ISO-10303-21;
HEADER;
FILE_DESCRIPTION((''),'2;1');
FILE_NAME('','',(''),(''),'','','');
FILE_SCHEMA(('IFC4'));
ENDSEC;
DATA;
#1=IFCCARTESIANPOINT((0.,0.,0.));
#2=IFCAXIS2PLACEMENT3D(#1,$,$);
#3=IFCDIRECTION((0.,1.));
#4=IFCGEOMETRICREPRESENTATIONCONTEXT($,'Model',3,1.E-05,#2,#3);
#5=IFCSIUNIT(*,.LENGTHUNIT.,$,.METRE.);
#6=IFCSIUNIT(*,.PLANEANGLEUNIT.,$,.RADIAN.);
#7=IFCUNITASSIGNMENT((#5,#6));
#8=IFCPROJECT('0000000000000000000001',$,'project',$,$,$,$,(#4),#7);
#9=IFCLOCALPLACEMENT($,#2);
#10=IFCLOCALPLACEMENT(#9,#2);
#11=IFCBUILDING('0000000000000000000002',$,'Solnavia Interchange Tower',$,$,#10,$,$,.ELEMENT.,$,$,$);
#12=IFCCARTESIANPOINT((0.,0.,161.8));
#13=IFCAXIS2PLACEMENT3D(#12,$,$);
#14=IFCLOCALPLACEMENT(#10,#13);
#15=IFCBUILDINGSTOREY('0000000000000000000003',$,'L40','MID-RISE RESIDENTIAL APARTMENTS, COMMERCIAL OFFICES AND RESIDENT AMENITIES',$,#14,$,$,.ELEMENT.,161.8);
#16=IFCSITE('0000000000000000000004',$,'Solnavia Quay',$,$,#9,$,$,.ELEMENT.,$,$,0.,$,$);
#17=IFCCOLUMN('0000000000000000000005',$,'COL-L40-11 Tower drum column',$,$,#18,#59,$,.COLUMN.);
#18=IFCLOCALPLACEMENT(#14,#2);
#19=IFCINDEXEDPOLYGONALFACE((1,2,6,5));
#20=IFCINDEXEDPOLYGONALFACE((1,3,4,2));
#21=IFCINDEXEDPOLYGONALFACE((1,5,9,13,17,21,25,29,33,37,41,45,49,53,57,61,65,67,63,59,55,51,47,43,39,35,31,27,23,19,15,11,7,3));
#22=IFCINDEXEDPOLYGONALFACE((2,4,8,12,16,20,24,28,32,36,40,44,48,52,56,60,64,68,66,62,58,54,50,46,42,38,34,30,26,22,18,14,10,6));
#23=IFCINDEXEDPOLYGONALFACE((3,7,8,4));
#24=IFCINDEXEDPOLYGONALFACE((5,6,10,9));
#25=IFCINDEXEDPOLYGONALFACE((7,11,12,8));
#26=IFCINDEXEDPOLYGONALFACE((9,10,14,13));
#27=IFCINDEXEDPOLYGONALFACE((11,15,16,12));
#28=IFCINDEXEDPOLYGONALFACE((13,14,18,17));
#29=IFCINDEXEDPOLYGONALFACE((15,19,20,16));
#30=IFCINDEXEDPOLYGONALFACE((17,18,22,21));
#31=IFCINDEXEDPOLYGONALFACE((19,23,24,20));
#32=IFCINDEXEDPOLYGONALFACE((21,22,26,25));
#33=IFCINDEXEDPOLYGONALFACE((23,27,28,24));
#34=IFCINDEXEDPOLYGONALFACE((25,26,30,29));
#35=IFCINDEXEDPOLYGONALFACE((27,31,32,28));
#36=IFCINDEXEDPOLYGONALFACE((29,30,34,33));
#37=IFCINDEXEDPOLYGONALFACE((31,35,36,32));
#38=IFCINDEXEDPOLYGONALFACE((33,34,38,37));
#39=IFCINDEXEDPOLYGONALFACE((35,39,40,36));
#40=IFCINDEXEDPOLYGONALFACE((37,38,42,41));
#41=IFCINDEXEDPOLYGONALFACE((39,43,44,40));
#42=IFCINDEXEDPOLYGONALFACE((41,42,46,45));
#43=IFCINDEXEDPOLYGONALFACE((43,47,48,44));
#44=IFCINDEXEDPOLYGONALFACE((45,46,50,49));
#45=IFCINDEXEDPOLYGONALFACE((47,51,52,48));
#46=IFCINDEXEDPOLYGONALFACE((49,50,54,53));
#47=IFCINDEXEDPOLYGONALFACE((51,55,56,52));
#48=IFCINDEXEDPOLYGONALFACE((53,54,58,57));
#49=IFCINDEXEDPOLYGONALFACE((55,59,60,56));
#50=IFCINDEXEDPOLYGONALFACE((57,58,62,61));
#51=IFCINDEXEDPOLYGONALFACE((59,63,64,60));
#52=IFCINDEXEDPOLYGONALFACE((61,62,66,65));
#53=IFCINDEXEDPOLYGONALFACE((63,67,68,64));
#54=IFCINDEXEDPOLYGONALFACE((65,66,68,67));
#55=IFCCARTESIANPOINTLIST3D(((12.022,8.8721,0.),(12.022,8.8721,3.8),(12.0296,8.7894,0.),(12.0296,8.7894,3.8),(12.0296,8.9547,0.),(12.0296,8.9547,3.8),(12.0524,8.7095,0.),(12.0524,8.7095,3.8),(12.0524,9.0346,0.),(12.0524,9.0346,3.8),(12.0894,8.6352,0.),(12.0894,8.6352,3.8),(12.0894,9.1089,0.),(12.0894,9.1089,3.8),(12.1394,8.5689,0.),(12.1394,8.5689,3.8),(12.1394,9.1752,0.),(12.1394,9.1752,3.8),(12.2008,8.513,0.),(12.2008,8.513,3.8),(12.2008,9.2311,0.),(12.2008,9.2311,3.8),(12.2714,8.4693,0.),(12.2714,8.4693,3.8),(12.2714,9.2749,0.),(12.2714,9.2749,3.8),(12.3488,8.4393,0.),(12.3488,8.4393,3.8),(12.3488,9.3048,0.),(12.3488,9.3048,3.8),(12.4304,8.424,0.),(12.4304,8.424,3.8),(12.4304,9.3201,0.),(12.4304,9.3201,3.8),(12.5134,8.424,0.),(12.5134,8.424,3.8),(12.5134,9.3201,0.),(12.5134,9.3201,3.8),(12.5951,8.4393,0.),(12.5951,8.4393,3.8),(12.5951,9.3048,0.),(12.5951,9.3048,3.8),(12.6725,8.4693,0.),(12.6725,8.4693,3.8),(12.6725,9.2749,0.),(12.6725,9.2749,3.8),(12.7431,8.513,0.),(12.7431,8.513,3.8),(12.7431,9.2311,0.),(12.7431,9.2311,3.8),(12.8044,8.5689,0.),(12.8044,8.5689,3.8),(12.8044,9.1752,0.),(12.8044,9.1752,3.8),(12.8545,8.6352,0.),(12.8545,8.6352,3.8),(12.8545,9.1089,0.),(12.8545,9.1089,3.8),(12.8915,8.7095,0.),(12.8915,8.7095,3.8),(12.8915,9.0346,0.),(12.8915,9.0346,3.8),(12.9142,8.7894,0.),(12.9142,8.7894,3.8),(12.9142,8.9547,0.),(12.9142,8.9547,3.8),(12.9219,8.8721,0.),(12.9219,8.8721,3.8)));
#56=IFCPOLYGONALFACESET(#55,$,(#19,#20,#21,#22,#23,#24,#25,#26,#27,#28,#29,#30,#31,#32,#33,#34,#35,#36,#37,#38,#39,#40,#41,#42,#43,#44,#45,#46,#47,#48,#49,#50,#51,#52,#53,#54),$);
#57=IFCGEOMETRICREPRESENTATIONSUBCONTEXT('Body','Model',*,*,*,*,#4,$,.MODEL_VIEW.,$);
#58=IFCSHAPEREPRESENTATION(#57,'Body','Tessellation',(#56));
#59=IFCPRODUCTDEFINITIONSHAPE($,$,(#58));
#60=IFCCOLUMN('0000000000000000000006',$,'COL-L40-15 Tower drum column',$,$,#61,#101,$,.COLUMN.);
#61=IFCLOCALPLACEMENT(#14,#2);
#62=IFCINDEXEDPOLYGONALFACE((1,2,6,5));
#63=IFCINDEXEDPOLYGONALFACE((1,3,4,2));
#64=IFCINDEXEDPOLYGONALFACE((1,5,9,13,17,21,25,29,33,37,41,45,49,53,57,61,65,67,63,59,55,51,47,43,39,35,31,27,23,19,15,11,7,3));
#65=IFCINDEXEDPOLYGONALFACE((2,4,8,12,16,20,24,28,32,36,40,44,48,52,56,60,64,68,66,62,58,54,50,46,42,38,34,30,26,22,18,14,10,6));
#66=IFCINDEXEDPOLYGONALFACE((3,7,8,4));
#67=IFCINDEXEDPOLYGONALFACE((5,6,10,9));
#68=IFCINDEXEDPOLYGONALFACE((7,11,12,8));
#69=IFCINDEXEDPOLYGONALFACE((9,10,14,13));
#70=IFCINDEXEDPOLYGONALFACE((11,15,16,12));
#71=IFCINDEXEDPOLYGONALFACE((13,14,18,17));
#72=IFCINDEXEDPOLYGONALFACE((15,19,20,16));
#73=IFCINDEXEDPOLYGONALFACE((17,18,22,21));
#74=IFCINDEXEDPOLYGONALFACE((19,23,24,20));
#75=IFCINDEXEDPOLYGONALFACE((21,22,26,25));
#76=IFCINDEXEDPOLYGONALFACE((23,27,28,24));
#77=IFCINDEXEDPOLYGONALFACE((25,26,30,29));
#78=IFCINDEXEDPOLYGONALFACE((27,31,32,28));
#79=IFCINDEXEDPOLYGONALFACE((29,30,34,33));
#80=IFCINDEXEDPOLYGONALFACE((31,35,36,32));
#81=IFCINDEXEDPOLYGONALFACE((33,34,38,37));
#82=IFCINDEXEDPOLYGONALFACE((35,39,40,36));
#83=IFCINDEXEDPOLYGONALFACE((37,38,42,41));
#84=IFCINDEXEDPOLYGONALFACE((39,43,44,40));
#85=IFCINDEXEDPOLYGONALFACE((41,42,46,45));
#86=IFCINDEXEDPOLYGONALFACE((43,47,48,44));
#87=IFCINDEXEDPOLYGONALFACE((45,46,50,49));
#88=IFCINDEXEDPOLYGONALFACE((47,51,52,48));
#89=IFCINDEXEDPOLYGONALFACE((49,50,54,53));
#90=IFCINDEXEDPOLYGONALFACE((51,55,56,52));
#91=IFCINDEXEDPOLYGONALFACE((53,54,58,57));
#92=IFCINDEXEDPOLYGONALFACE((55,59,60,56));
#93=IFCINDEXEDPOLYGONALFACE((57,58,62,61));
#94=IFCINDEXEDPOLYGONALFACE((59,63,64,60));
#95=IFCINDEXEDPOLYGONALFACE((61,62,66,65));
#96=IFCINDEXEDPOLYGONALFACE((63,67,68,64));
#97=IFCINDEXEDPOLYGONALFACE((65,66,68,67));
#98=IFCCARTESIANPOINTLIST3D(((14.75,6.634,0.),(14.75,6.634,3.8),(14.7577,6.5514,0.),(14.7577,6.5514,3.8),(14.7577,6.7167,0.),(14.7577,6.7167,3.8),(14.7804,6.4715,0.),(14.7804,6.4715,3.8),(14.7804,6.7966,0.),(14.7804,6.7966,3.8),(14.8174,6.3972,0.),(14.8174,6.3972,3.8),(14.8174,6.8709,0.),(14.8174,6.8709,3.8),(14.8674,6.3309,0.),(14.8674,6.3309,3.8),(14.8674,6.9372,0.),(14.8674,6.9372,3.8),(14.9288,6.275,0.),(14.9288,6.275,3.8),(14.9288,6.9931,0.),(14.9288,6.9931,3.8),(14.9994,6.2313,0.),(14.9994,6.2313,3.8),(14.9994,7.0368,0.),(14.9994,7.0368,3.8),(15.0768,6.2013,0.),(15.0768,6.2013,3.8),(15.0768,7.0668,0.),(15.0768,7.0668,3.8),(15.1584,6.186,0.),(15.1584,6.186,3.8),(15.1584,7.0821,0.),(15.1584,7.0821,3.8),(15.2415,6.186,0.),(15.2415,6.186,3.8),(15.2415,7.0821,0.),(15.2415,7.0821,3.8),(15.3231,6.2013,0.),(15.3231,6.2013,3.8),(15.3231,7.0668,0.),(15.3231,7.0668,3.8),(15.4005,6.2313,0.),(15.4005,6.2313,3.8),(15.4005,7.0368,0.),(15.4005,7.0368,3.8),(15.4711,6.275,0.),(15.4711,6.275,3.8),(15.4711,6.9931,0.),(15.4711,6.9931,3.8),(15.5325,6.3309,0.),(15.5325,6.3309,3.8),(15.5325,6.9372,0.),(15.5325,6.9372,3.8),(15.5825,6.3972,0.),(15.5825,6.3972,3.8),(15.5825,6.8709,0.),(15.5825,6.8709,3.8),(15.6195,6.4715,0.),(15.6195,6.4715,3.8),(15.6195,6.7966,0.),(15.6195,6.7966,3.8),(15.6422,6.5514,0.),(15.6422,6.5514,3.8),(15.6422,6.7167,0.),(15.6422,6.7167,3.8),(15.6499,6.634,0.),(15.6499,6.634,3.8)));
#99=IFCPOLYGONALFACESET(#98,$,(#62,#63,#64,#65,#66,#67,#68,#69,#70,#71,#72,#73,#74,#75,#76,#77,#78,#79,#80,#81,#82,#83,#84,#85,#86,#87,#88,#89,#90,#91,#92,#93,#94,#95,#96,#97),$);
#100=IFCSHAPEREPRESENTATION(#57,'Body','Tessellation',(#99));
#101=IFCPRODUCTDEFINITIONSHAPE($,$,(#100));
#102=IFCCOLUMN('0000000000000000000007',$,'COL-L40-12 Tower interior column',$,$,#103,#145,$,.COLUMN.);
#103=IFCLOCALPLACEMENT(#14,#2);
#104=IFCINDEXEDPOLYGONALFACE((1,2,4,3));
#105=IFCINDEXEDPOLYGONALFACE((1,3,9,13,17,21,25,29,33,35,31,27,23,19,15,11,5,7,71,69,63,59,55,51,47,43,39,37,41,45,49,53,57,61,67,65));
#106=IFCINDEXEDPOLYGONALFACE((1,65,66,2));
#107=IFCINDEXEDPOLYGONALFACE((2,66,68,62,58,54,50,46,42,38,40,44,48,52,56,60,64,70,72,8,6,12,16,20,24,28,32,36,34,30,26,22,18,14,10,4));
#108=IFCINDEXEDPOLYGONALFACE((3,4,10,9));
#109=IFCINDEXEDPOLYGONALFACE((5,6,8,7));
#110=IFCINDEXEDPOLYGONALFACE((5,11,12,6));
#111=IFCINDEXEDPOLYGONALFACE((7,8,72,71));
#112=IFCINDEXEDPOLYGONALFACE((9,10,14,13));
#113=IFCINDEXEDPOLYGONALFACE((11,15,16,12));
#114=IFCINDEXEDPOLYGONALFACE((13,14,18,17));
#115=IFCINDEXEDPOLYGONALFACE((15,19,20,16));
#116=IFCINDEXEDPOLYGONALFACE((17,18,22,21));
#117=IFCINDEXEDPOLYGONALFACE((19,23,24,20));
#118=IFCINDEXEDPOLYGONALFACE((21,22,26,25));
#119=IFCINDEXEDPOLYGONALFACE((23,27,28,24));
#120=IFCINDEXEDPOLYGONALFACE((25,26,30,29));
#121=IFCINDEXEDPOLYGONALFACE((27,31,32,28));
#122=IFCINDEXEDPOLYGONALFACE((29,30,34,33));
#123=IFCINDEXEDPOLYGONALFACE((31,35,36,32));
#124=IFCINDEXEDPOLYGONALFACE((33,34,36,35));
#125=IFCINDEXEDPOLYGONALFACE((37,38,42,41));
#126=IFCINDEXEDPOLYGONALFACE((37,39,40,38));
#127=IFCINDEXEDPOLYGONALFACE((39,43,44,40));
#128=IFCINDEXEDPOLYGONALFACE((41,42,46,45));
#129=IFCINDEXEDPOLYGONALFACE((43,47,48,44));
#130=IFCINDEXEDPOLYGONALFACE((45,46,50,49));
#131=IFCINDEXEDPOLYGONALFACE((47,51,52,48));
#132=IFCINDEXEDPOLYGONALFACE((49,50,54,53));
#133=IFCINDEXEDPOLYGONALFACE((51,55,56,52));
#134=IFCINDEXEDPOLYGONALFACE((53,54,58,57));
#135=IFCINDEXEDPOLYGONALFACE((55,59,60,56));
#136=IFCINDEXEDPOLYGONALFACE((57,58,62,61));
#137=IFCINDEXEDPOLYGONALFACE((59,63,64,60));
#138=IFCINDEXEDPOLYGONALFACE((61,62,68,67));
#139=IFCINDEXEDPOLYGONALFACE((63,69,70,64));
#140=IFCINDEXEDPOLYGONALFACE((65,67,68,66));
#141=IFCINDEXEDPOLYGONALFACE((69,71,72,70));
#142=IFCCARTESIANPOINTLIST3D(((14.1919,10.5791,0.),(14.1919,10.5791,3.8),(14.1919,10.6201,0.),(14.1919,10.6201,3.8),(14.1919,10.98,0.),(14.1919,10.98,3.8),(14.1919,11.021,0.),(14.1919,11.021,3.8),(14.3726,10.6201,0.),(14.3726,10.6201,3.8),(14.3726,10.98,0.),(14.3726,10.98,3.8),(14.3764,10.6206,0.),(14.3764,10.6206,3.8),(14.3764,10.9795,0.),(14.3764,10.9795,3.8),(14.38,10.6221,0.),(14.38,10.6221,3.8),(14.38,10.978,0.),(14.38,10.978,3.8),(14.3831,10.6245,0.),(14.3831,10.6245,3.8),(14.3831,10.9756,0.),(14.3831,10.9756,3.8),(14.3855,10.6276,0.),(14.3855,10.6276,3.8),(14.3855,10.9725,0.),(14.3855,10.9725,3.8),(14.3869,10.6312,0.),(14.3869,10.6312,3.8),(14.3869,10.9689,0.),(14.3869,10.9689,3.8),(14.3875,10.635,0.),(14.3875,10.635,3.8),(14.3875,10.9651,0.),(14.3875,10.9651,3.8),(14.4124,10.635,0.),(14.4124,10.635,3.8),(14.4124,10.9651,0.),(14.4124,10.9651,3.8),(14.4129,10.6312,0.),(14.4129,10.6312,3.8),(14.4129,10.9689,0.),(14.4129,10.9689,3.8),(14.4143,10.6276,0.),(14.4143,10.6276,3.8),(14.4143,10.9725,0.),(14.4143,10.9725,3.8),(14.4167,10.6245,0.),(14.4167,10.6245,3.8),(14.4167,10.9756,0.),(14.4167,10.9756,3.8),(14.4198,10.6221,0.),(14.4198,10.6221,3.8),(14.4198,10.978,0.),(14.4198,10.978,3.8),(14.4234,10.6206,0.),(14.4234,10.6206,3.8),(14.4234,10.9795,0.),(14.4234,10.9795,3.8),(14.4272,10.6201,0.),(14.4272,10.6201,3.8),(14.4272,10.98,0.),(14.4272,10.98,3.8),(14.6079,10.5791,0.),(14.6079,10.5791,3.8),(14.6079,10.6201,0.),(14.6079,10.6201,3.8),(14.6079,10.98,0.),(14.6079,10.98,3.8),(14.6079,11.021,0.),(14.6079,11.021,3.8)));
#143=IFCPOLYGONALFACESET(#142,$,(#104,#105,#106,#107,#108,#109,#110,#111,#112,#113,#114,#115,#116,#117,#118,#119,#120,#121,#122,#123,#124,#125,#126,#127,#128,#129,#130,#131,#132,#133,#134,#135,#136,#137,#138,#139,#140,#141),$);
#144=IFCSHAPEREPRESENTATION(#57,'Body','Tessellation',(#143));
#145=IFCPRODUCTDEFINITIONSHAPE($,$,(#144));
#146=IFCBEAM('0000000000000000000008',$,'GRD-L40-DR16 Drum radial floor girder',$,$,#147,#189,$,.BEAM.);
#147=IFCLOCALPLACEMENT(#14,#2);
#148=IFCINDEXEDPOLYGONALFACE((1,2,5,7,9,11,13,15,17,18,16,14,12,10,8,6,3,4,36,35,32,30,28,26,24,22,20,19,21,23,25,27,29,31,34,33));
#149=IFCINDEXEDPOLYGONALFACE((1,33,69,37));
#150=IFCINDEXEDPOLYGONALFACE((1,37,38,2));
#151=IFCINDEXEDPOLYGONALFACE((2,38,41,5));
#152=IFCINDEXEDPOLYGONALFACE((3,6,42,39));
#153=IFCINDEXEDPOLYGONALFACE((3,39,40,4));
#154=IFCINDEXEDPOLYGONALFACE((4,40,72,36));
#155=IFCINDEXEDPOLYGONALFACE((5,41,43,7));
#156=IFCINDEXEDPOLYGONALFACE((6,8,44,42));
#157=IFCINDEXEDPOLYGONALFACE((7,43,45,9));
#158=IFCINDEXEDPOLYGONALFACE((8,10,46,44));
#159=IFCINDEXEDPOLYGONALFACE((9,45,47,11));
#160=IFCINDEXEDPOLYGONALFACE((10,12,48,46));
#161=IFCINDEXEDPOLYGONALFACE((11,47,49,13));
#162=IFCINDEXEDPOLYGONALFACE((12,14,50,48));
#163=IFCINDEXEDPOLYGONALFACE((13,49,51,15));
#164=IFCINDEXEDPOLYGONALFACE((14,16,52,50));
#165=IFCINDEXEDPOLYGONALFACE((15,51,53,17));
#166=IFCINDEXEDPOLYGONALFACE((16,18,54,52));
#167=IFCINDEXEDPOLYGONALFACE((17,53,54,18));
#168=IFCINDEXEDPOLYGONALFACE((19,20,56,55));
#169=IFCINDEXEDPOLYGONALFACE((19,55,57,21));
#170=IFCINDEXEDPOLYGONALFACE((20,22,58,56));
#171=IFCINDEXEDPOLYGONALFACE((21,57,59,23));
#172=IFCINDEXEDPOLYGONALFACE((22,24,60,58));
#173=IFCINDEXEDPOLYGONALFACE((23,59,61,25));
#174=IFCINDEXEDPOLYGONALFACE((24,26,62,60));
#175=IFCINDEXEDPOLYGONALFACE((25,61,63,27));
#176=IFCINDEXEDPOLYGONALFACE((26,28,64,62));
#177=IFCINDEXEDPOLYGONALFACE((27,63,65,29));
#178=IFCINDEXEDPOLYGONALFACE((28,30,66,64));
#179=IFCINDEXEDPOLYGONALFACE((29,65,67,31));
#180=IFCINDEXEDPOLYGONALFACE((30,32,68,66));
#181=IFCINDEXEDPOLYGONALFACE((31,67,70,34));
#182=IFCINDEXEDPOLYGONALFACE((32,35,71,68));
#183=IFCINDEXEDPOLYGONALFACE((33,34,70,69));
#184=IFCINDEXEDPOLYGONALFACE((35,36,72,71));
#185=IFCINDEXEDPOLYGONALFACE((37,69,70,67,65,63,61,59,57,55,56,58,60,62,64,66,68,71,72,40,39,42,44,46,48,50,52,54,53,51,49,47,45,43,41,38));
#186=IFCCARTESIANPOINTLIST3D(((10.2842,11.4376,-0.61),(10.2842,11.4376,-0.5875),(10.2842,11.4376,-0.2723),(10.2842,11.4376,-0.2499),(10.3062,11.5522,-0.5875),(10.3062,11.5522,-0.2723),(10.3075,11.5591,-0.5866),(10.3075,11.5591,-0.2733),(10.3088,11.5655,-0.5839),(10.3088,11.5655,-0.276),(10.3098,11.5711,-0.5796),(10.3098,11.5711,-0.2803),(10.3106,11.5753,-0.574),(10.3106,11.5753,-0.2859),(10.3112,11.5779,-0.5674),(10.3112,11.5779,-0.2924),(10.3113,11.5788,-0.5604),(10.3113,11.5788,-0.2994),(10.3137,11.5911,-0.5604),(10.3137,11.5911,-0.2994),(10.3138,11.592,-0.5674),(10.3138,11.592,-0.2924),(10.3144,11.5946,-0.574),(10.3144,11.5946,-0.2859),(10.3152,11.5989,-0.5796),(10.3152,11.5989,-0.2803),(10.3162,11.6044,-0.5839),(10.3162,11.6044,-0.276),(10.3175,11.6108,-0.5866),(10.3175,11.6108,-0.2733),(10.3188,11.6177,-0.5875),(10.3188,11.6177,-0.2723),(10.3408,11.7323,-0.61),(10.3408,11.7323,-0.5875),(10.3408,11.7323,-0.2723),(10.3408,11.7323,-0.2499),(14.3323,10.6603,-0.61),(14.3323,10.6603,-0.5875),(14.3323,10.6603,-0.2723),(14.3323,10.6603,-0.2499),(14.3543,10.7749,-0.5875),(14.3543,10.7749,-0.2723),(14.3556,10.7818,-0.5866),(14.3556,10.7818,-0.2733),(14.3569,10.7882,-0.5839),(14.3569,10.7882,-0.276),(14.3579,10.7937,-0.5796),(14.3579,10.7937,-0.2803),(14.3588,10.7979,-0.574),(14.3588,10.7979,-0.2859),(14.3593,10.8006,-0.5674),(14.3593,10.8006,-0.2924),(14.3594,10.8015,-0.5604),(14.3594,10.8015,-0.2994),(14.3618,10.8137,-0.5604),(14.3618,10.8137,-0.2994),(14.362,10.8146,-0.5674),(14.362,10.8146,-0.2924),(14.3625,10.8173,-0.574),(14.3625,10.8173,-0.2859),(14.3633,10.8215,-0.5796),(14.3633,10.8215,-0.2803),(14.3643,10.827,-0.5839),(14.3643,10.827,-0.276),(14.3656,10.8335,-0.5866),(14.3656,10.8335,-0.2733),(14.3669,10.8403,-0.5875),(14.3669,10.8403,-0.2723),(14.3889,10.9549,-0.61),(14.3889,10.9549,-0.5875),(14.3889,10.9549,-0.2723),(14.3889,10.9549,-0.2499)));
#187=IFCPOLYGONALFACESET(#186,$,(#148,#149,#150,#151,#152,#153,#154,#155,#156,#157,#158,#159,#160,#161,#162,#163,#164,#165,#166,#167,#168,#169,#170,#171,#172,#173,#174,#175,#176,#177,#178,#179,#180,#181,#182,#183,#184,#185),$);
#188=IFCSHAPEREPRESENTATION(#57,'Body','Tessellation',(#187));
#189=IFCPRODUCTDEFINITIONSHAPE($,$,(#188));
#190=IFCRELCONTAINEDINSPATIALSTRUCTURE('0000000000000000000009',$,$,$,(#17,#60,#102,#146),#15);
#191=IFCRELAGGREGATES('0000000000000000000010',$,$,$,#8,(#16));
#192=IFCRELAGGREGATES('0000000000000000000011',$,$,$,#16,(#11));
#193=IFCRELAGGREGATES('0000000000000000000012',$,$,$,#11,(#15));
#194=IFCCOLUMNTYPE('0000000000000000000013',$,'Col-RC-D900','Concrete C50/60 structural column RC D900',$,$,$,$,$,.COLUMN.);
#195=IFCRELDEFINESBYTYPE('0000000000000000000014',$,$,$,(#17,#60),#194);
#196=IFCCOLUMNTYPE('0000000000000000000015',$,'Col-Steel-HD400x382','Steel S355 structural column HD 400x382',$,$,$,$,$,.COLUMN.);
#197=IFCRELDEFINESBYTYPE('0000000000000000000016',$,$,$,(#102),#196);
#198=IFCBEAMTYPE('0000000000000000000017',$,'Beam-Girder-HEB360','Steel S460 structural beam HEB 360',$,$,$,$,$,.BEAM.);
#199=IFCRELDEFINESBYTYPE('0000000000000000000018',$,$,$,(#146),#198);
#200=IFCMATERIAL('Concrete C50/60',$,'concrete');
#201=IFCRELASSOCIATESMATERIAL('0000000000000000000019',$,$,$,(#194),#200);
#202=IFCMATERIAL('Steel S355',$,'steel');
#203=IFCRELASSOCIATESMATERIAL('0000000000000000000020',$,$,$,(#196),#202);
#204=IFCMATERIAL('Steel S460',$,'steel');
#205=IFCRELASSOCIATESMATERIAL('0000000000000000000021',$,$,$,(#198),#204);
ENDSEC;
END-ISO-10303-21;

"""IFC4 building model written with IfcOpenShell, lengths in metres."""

from ifc_helpers import new_model, si_unit, direction, frame, origin, origin_2d, place, context, subcontext, project, spatial, circle, i_section, extrude, material, material_profile, profile_set, type_object, element, save


model = new_model("IFC4")

# Units and contexts
model_context = context("Model", 3, precision=1e-05, world=origin(), true_north=direction((0.0, 1.0)))
body_context = subcontext(model_context, "Body", "Model", "MODEL_VIEW")
ifc_project = project(units=[si_unit("LENGTHUNIT", "METRE"), si_unit("PLANEANGLEUNIT", "RADIAN")], contexts=[model_context])

# Site, building, storey
site_placement = place(None, origin())
site = spatial("IfcSite", under=ifc_project, at=site_placement, Name="Solnavia Quay", CompositionType="ELEMENT", RefElevation=0.0)
building_placement = place(site_placement, origin())
building = spatial("IfcBuilding", under=site, at=building_placement, Name="Solnavia Interchange Tower", CompositionType="ELEMENT")
storey_placement = place(building_placement, frame((0.0, 0.0, 161.8)))
storey = spatial("IfcBuildingStorey", under=building, at=storey_placement, Name="L40", Description="MID-RISE RESIDENTIAL APARTMENTS, COMMERCIAL OFFICES AND RESIDENT AMENITIES", CompositionType="ELEMENT", Elevation=161.8)

# Columns
ifc_material_1 = material(Name="Concrete C50/60", Category="concrete")
ifc_material_profile_1 = material_profile(ifc_material_1, circle(Radius=0.45, at=origin_2d()), Name="RC D900")
ifc_profile_set_1 = profile_set([ifc_material_profile_1], Name="Concrete C50/60")
column_type_1 = type_object("IfcColumnType", Name="Col-RC-D900", Description="Concrete C50/60 structural column RC D900", PredefinedType="COLUMN", material=ifc_profile_set_1)
for number, where, z_axis, x_axis, name in (
    (1, (12.4719, 8.8721, 0.0), (0.0, 0.0, 1.0), (1.0, 0.0, 0.0), "COL-L40-11 Tower drum column"),
    (2, (15.2, 6.634, 0.0), (0.0, 0.0, 1.0), (1.0, 0.0, 0.0), "COL-L40-15 Tower drum column"),
):
    element("IfcColumn", number, at=place(storey_placement, frame(where, z_axis=z_axis, x_axis=x_axis)), inside=storey, type_object=column_type_1, Name=name, PredefinedType="COLUMN", context=body_context, shape_type="SweptSolid", body=[
        extrude(circle(Radius=0.45, at=origin_2d()), origin(), (0.0, 0.0, 1.0), 3.8),
    ])
ifc_material_2 = material(Name="Steel S355", Category="steel")
ifc_material_profile_2 = material_profile(ifc_material_2, i_section(OverallWidth=0.416, OverallDepth=0.4419, WebThickness=0.0249, FlangeThickness=0.041, FilletRadius=0.0149, at=origin_2d()), Name="HD 400x382")
ifc_profile_set_2 = profile_set([ifc_material_profile_2], Name="Steel S355")
column_type_2 = type_object("IfcColumnType", Name="Col-Steel-HD400x382", Description="Steel S355 structural column HD 400x382", PredefinedType="COLUMN", material=ifc_profile_set_2)
column_placement = place(storey_placement, frame((14.3999, 10.8, 0.0), z_axis=(0.0, 0.0, 1.0), x_axis=(1.0, 0.0, 0.0)))
element("IfcColumn", 3, at=column_placement, inside=storey, type_object=column_type_2, Name="COL-L40-12 Tower interior column", PredefinedType="COLUMN", context=body_context, shape_type="SweptSolid", body=[
    extrude(i_section(OverallWidth=0.416, OverallDepth=0.4419, WebThickness=0.0249, FlangeThickness=0.041, FilletRadius=0.0149, at=origin_2d()), origin(), (0.0, 0.0, 1.0), 3.8),
])

# Beam
ifc_material_3 = material(Name="Steel S460", Category="steel")
ifc_material_profile_3 = material_profile(ifc_material_3, i_section(OverallWidth=0.3, OverallDepth=0.3601, WebThickness=0.0125, FlangeThickness=0.0225, FilletRadius=0.0271, at=origin_2d()), Name="HEB 360")
ifc_profile_set_3 = profile_set([ifc_material_profile_3], Name="Steel S460")
beam_type_1 = type_object("IfcBeamType", Name="Beam-Girder-HEB360", Description="Steel S460 structural beam HEB 360", PredefinedType="BEAM", material=ifc_profile_set_3)
beam_1_placement = place(storey_placement, frame((10.3125, 11.585, -0.4299), z_axis=(0.982058, -0.188582, 0.0), x_axis=(0.188582, 0.982058, 0.0)))
element("IfcBeam", 4, at=beam_1_placement, inside=storey, type_object=beam_type_1, Name="GRD-L40-DR16 Drum radial floor girder", PredefinedType="BEAM", context=body_context, shape_type="SweptSolid", body=[
    extrude(i_section(OverallWidth=0.3, OverallDepth=0.3601, WebThickness=0.0125, FlangeThickness=0.0225, FilletRadius=0.0271, at=origin_2d()), origin(), (0.0, 0.0, 1.0), 4.1221),
])

save(model, "model.ifc")
